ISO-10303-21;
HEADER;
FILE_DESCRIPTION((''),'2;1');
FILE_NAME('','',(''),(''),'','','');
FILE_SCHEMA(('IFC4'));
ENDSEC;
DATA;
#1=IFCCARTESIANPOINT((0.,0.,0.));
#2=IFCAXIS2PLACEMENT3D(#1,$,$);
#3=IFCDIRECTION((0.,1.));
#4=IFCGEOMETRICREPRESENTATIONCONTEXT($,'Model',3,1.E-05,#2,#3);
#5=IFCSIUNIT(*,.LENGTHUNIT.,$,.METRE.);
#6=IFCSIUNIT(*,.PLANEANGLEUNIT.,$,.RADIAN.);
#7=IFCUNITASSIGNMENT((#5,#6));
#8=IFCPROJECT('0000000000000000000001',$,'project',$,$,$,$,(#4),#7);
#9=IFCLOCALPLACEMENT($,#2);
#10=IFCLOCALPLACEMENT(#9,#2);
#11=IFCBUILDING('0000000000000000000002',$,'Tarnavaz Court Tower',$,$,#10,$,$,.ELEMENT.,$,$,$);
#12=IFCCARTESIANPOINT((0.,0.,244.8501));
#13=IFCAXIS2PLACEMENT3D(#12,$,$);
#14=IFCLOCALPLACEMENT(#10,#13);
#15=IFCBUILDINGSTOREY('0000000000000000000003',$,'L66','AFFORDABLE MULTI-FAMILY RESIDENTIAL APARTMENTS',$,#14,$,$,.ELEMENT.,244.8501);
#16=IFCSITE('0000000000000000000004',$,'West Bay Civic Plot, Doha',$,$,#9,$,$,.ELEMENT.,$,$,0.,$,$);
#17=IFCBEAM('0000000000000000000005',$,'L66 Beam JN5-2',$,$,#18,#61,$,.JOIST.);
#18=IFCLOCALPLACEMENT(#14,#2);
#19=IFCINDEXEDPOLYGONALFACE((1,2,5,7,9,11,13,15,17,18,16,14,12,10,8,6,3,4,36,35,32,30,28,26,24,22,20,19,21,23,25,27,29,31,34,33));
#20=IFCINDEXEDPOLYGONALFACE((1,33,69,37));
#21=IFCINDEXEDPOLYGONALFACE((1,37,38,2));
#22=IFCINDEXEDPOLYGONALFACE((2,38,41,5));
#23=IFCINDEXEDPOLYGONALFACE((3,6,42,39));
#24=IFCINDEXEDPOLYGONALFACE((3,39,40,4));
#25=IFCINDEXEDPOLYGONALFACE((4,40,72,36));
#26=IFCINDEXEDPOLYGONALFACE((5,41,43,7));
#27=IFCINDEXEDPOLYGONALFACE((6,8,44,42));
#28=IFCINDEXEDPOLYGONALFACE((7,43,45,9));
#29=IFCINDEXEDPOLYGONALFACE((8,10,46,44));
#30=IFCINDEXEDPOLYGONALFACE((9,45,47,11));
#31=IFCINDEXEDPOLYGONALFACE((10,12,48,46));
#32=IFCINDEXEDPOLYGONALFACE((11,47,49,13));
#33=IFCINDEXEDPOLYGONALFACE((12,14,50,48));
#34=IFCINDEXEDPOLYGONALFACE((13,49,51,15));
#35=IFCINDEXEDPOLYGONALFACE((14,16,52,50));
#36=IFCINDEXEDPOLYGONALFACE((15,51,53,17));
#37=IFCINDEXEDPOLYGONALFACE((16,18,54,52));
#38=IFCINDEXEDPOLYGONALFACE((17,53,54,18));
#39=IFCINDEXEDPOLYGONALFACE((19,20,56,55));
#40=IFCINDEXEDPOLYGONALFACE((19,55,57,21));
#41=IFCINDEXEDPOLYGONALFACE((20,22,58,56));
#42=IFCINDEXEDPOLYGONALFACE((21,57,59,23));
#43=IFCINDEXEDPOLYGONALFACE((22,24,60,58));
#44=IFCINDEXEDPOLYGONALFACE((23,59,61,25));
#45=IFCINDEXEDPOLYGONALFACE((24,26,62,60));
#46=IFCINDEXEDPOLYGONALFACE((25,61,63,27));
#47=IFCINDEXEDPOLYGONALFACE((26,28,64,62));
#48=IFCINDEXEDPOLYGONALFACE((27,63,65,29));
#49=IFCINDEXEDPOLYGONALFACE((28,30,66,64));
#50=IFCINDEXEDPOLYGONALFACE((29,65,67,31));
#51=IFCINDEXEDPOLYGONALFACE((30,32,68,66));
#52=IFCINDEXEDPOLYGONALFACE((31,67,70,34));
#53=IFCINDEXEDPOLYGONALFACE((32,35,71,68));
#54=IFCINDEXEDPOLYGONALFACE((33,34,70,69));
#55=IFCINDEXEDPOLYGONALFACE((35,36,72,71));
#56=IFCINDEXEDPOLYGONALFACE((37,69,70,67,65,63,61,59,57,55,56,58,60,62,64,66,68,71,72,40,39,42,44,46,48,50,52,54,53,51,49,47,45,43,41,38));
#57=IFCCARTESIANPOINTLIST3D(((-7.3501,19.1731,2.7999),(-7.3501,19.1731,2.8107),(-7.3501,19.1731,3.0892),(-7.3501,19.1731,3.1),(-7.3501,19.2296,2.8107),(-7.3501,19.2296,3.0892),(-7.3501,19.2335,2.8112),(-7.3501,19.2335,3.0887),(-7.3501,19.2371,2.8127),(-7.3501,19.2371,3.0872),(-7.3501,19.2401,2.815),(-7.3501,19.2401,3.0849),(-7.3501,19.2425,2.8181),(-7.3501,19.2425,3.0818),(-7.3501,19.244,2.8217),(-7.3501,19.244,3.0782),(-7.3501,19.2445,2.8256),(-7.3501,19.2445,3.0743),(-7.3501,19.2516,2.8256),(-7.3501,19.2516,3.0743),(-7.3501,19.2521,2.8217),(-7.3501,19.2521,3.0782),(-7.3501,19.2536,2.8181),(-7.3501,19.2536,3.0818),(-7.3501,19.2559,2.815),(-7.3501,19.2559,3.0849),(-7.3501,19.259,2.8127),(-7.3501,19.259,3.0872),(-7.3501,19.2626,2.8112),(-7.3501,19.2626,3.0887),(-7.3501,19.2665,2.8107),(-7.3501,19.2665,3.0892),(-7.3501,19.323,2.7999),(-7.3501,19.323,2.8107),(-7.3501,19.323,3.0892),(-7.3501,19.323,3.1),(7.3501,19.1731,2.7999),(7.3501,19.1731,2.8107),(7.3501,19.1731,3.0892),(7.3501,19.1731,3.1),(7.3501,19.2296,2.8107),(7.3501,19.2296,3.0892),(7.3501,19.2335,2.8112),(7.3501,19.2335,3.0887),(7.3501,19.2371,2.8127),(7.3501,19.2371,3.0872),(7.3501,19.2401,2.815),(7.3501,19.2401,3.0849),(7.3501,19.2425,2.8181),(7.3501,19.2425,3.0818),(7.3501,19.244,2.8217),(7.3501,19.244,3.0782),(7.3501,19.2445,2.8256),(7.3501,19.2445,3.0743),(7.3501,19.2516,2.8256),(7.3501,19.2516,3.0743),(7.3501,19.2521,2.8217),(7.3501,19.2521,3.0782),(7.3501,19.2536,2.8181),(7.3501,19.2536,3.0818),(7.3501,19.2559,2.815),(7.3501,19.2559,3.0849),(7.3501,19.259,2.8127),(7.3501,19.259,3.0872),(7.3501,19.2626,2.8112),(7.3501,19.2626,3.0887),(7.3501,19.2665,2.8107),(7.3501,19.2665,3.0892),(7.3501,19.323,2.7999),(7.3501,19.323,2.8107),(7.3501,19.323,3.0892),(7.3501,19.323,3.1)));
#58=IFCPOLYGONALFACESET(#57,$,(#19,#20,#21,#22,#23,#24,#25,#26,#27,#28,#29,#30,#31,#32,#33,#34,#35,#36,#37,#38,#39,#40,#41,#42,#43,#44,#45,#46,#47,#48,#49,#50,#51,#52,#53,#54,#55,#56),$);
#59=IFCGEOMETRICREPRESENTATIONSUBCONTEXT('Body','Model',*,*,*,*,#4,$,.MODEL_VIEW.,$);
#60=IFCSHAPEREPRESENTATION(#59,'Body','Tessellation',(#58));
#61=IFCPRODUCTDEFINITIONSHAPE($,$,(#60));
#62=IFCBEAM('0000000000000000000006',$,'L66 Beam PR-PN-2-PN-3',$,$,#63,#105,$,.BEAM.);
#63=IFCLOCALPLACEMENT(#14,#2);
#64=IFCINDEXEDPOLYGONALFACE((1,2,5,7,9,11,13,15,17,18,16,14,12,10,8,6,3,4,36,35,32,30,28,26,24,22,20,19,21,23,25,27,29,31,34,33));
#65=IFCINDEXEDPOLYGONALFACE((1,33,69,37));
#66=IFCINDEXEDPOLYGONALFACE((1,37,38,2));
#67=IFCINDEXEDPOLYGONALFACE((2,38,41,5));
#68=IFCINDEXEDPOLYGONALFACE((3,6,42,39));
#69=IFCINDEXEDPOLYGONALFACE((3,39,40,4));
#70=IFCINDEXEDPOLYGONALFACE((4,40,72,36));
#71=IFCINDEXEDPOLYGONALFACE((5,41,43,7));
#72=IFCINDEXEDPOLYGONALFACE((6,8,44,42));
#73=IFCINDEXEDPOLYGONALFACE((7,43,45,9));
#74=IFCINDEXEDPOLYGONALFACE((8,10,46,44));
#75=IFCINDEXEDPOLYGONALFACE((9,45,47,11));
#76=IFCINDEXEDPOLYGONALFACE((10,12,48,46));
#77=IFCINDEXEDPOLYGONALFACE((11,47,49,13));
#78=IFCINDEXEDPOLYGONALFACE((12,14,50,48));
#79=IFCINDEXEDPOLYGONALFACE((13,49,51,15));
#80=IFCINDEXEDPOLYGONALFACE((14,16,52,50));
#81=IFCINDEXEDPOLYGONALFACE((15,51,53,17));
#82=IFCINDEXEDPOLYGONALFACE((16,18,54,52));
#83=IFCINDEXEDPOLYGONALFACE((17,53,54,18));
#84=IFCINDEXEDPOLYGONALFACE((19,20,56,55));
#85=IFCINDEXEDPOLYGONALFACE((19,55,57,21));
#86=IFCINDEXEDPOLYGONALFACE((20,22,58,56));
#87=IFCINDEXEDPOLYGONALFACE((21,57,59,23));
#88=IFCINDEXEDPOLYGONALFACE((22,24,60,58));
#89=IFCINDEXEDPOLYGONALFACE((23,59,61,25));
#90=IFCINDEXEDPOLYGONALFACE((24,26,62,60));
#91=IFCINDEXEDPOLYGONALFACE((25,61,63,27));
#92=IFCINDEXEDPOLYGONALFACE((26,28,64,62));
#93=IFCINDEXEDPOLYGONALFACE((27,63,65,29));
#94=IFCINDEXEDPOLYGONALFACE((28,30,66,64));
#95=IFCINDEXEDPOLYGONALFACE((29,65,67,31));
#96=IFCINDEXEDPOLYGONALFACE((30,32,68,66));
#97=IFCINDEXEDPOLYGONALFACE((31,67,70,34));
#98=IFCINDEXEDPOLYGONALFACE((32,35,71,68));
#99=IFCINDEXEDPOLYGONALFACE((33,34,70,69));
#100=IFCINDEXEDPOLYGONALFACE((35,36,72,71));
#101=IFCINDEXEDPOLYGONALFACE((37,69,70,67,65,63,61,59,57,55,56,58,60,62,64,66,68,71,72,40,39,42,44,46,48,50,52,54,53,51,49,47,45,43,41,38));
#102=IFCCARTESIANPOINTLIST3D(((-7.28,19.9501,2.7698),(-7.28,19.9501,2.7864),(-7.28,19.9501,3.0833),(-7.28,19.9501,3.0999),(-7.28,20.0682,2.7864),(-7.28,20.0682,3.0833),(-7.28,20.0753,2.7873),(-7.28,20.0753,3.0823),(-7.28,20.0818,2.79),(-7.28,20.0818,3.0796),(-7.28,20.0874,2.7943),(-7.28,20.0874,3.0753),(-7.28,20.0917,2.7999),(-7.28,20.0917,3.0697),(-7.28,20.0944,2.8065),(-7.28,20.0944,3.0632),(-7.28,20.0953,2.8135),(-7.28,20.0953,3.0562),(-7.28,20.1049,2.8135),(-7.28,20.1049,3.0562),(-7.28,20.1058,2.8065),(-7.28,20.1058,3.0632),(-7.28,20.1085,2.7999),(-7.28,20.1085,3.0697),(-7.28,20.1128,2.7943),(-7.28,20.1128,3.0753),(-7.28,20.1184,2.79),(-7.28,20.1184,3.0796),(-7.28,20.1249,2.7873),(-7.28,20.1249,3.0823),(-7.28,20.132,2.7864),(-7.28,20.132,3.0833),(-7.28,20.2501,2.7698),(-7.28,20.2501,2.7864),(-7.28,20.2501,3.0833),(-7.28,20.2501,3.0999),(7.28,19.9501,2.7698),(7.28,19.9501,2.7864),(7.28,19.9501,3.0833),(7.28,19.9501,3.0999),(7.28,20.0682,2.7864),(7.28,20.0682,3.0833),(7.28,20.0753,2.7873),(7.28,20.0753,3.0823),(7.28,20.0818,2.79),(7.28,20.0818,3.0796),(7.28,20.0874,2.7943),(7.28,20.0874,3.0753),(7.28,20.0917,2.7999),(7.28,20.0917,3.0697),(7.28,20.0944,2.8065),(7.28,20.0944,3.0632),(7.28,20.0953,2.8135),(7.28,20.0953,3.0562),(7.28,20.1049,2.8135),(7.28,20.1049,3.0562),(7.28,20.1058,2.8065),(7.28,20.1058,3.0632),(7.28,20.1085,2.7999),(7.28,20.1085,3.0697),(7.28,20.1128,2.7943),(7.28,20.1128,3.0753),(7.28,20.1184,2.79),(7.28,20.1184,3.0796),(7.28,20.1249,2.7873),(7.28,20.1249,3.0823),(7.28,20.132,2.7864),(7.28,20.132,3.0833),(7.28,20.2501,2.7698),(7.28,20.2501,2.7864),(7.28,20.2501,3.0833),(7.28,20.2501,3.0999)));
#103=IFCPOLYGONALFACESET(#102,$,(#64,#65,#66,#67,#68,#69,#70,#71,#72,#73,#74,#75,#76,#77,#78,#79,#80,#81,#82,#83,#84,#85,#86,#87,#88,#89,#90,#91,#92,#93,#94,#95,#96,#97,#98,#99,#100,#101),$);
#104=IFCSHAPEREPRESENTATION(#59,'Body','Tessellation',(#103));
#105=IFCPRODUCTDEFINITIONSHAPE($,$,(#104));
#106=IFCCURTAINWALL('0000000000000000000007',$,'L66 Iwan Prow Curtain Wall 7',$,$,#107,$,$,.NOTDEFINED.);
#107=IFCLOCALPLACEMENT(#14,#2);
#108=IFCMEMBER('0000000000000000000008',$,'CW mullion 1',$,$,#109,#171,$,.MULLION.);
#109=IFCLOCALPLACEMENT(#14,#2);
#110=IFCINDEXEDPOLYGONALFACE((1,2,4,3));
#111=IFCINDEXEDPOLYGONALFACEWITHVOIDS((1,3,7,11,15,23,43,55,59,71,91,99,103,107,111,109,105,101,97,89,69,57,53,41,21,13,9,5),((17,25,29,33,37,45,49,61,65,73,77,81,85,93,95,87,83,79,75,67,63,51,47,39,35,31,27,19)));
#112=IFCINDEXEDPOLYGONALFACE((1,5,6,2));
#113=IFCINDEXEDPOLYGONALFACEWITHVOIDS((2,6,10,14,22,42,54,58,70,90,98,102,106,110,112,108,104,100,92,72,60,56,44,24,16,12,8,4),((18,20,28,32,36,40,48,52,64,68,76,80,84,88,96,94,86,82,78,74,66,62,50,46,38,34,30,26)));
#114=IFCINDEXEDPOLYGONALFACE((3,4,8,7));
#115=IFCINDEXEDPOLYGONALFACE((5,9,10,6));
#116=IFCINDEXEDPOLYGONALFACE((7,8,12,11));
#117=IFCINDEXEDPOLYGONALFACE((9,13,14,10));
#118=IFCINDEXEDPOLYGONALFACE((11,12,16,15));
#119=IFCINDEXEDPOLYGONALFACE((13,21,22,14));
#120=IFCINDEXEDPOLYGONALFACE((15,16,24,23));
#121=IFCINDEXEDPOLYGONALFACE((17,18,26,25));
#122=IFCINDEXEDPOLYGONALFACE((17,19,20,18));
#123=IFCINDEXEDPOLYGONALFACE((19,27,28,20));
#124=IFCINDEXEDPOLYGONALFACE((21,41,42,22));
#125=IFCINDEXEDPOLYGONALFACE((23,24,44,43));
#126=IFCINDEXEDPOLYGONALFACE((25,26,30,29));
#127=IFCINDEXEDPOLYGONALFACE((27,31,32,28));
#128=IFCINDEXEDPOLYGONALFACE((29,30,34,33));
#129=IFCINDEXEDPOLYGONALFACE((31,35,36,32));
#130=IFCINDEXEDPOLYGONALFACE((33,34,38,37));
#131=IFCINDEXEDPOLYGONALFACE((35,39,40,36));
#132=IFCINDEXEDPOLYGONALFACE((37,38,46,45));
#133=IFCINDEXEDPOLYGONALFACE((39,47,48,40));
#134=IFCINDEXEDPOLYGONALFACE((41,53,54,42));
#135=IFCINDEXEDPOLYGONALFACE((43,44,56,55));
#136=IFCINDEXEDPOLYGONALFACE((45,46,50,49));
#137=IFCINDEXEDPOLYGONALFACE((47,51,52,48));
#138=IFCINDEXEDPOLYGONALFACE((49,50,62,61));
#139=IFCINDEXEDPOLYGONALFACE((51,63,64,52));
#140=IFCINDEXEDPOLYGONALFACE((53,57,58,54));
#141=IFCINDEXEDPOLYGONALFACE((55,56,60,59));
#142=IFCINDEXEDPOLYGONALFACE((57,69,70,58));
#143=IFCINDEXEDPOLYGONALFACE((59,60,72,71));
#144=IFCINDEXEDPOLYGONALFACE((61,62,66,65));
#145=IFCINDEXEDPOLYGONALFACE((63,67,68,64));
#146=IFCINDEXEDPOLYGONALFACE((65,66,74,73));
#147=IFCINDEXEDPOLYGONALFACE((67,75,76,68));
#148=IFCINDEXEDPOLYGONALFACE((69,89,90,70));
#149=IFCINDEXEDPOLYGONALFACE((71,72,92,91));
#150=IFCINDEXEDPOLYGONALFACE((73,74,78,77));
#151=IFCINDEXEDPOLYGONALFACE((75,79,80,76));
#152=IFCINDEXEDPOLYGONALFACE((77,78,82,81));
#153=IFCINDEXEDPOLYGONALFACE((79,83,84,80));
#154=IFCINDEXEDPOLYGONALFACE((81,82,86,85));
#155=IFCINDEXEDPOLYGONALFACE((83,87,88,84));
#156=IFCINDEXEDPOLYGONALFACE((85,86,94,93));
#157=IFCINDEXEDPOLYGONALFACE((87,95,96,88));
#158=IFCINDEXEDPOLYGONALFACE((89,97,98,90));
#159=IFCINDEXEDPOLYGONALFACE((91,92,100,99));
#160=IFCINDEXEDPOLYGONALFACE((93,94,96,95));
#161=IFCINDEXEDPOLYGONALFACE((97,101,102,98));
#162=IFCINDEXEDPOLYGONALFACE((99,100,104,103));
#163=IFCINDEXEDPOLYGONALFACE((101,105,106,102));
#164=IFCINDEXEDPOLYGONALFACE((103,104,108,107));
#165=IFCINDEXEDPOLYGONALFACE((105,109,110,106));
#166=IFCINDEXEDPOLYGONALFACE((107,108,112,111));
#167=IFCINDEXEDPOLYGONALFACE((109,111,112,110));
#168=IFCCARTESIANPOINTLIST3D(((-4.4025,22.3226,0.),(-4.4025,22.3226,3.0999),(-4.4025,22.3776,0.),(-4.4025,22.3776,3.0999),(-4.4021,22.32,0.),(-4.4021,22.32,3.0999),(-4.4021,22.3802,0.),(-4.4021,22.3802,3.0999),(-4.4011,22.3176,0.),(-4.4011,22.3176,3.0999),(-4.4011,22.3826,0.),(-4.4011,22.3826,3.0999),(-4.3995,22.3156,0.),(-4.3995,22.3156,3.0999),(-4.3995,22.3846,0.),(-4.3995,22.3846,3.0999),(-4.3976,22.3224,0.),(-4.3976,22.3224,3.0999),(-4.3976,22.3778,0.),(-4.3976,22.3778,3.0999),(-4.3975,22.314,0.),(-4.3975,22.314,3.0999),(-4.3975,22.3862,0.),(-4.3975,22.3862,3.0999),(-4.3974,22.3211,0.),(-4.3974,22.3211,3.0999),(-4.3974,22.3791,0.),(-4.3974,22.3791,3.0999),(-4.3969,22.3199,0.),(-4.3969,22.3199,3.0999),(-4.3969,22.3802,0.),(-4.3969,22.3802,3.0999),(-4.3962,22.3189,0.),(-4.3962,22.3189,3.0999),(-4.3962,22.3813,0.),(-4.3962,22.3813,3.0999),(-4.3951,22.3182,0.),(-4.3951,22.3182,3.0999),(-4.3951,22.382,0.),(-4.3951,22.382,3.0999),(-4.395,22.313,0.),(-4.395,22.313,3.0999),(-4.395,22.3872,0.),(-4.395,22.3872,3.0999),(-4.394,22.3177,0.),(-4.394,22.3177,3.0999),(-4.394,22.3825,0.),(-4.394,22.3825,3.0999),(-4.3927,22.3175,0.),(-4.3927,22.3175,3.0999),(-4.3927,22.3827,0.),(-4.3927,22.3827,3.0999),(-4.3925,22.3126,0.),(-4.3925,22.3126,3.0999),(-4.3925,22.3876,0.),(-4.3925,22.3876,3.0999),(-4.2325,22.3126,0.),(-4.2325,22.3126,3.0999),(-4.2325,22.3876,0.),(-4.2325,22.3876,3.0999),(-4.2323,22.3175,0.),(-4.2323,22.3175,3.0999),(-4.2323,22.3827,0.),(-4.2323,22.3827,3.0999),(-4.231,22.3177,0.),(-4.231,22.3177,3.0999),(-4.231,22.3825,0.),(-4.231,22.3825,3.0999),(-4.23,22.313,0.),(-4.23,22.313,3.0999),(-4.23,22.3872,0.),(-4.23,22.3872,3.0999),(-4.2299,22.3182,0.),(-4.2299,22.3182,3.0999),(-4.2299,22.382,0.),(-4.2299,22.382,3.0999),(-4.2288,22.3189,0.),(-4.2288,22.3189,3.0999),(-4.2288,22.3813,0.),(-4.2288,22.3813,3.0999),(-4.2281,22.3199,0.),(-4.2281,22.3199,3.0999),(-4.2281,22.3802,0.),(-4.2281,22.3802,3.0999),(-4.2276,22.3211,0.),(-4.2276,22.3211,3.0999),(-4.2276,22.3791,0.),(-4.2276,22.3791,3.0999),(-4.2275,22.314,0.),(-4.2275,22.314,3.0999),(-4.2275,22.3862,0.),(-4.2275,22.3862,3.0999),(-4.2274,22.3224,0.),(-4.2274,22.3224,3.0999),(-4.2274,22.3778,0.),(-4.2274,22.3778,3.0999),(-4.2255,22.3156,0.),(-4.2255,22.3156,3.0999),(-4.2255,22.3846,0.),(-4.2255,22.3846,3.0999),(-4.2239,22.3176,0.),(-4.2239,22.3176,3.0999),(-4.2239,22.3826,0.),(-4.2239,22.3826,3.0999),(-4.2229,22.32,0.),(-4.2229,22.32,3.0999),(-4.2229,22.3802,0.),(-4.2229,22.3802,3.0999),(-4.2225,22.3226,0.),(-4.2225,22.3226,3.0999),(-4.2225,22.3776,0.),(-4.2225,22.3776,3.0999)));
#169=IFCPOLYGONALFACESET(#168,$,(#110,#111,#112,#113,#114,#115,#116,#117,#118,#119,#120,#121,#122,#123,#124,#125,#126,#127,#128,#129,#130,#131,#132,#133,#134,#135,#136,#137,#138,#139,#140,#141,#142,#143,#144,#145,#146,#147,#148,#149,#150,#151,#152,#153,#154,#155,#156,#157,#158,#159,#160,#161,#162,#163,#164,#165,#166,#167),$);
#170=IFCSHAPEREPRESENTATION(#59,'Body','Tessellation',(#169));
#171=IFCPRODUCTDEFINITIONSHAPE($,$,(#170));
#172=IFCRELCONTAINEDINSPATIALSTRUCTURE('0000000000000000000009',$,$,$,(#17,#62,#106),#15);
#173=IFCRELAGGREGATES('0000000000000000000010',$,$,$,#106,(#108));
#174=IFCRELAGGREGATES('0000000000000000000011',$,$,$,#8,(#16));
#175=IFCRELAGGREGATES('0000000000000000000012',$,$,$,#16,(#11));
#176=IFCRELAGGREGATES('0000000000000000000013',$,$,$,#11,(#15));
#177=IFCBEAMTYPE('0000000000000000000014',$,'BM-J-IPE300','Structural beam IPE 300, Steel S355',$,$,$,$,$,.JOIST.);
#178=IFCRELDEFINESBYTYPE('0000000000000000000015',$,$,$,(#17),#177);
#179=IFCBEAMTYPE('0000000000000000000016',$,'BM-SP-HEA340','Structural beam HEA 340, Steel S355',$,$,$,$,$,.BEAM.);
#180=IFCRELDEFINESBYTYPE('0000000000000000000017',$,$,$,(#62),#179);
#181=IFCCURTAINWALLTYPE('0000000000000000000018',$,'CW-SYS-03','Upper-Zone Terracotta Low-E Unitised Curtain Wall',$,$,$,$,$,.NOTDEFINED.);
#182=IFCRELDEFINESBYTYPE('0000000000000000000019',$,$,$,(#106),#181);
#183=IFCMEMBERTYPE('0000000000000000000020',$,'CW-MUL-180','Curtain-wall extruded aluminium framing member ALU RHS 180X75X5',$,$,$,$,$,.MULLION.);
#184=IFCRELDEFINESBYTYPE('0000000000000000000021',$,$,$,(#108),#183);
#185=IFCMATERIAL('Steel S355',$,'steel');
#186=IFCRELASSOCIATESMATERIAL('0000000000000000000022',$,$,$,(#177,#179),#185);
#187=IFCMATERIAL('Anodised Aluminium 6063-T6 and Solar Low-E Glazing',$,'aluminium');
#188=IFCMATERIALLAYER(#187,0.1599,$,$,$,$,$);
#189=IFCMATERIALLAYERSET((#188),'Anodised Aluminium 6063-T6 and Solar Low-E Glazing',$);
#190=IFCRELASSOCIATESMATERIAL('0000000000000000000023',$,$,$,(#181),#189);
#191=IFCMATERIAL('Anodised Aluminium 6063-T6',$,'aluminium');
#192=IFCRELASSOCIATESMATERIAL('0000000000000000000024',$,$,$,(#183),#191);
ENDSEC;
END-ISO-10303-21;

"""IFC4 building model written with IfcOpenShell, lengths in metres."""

from ifc_helpers import new_model, si_unit, direction, frame, origin, origin_2d, place, context, subcontext, project, spatial, hollow_rectangle, i_section, extrude, material, layer, layer_set, material_profile, profile_set, type_object, element, aggregate, save


model = new_model("IFC4")

# Units and contexts
model_context = context("Model", 3, precision=1e-05, world=origin(), true_north=direction((0.0, 1.0)))
body_context = subcontext(model_context, "Body", "Model", "MODEL_VIEW")
ifc_project = project(units=[si_unit("LENGTHUNIT", "METRE"), si_unit("PLANEANGLEUNIT", "RADIAN")], contexts=[model_context])

# Site, building, storey
site_placement = place(None, origin())
site = spatial("IfcSite", under=ifc_project, at=site_placement, Name="West Bay Civic Plot, Doha", CompositionType="ELEMENT", RefElevation=0.0)
building_placement = place(site_placement, origin())
building = spatial("IfcBuilding", under=site, at=building_placement, Name="Tarnavaz Court Tower", CompositionType="ELEMENT")
storey_placement = place(building_placement, frame((0.0, 0.0, 244.8501)))
storey = spatial("IfcBuildingStorey", under=building, at=storey_placement, Name="L66", Description="AFFORDABLE MULTI-FAMILY RESIDENTIAL APARTMENTS", CompositionType="ELEMENT", Elevation=244.8501)

# Beams
ifc_material_1 = material(Name="Steel S355", Category="steel")
ifc_material_profile_1 = material_profile(ifc_material_1, i_section(OverallWidth=0.1499, OverallDepth=0.3, WebThickness=0.0071, FlangeThickness=0.0107, FilletRadius=0.0149, at=origin_2d()), Name="IPE 300")
ifc_profile_set_1 = profile_set([ifc_material_profile_1], Name="Steel S355")
beam_type_1 = type_object("IfcBeamType", Name="BM-J-IPE300", Description="Structural beam IPE 300, Steel S355", PredefinedType="JOIST", material=ifc_profile_set_1)
for number, where, z_axis, x_axis, name in (
    (1, (-7.3501, 19.248, 2.95), (1.0, 0.0, 0.0), (0.0, 1.0, 0.0), "L66 Beam JN5-2"),
):
    element("IfcBeam", number, at=place(storey_placement, frame(where, z_axis=z_axis, x_axis=x_axis)), inside=storey, type_object=beam_type_1, Name=name, PredefinedType="JOIST", context=body_context, shape_type="SweptSolid", body=[
        extrude(i_section(OverallWidth=0.1499, OverallDepth=0.3, WebThickness=0.0071, FlangeThickness=0.0107, FilletRadius=0.0149, at=origin_2d()), origin(), (0.0, 0.0, 1.0), 14.7002),
    ])
ifc_material_profile_2 = material_profile(ifc_material_1, i_section(OverallWidth=0.3, OverallDepth=0.3301, WebThickness=0.0095, FlangeThickness=0.0166, FilletRadius=0.0271, at=origin_2d()), Name="HEA 340")
ifc_profile_set_2 = profile_set([ifc_material_profile_2], Name="Steel S355")
beam_type_2 = type_object("IfcBeamType", Name="BM-SP-HEA340", Description="Structural beam HEA 340, Steel S355", PredefinedType="BEAM", material=ifc_profile_set_2)
beam_placement = place(storey_placement, frame((-7.28, 20.1001, 2.9348), z_axis=(1.0, 0.0, 0.0), x_axis=(0.0, 1.0, 0.0)))
element("IfcBeam", 2, at=beam_placement, inside=storey, type_object=beam_type_2, Name="L66 Beam PR-PN-2-PN-3", PredefinedType="BEAM", context=body_context, shape_type="SweptSolid", body=[
    extrude(i_section(OverallWidth=0.3, OverallDepth=0.3301, WebThickness=0.0095, FlangeThickness=0.0166, FilletRadius=0.0271, at=origin_2d()), origin(), (0.0, 0.0, 1.0), 14.5601),
])

# Curtain wall, member
ifc_material_2 = material(Name="Anodised Aluminium 6063-T6 and Solar Low-E Glazing", Category="aluminium")
ifc_layer_1 = layer(ifc_material_2, 0.1599)
ifc_layer_set_1 = layer_set([ifc_layer_1], Name="Anodised Aluminium 6063-T6 and Solar Low-E Glazing")
curtain_wall_type = type_object("IfcCurtainWallType", Name="CW-SYS-03", Description="Upper-Zone Terracotta Low-E Unitised Curtain Wall", PredefinedType="NOTDEFINED", material=ifc_layer_set_1)
curtain_wall_placement = place(storey_placement, origin())
curtain_wall = element("IfcCurtainWall", 3, at=curtain_wall_placement, inside=storey, type_object=curtain_wall_type, Name="L66 Iwan Prow Curtain Wall 7", PredefinedType="NOTDEFINED")
ifc_material_3 = material(Name="Anodised Aluminium 6063-T6", Category="aluminium")
ifc_material_profile_3 = material_profile(ifc_material_3, hollow_rectangle(XDim=0.075, YDim=0.1799, WallThickness=0.0049, InnerFilletRadius=0.0049, OuterFilletRadius=0.01, at=origin_2d()), Name="ALU RHS 180X75X5")
ifc_profile_set_3 = profile_set([ifc_material_profile_3], Name="Anodised Aluminium 6063-T6")
member_type_1 = type_object("IfcMemberType", Name="CW-MUL-180", Description="Curtain-wall extruded aluminium framing member ALU RHS 180X75X5", PredefinedType="MULLION", material=ifc_profile_set_3)
member_1_placement = place(storey_placement, frame((-4.3125, 22.3501, 0.0), z_axis=(0.0, 0.0, 1.0), x_axis=(0.0, 1.0, 0.0)))
member_1 = element("IfcMember", 4, at=member_1_placement, type_object=member_type_1, Name="CW mullion 1", PredefinedType="MULLION", context=body_context, shape_type="SweptSolid", body=[
    extrude(hollow_rectangle(XDim=0.075, YDim=0.1799, WallThickness=0.0049, InnerFilletRadius=0.0049, OuterFilletRadius=0.01, at=origin_2d()), origin(), (0.0, 0.0, 1.0), 3.0999),
])
aggregate(curtain_wall, [member_1])

save(model, "model.ifc")
